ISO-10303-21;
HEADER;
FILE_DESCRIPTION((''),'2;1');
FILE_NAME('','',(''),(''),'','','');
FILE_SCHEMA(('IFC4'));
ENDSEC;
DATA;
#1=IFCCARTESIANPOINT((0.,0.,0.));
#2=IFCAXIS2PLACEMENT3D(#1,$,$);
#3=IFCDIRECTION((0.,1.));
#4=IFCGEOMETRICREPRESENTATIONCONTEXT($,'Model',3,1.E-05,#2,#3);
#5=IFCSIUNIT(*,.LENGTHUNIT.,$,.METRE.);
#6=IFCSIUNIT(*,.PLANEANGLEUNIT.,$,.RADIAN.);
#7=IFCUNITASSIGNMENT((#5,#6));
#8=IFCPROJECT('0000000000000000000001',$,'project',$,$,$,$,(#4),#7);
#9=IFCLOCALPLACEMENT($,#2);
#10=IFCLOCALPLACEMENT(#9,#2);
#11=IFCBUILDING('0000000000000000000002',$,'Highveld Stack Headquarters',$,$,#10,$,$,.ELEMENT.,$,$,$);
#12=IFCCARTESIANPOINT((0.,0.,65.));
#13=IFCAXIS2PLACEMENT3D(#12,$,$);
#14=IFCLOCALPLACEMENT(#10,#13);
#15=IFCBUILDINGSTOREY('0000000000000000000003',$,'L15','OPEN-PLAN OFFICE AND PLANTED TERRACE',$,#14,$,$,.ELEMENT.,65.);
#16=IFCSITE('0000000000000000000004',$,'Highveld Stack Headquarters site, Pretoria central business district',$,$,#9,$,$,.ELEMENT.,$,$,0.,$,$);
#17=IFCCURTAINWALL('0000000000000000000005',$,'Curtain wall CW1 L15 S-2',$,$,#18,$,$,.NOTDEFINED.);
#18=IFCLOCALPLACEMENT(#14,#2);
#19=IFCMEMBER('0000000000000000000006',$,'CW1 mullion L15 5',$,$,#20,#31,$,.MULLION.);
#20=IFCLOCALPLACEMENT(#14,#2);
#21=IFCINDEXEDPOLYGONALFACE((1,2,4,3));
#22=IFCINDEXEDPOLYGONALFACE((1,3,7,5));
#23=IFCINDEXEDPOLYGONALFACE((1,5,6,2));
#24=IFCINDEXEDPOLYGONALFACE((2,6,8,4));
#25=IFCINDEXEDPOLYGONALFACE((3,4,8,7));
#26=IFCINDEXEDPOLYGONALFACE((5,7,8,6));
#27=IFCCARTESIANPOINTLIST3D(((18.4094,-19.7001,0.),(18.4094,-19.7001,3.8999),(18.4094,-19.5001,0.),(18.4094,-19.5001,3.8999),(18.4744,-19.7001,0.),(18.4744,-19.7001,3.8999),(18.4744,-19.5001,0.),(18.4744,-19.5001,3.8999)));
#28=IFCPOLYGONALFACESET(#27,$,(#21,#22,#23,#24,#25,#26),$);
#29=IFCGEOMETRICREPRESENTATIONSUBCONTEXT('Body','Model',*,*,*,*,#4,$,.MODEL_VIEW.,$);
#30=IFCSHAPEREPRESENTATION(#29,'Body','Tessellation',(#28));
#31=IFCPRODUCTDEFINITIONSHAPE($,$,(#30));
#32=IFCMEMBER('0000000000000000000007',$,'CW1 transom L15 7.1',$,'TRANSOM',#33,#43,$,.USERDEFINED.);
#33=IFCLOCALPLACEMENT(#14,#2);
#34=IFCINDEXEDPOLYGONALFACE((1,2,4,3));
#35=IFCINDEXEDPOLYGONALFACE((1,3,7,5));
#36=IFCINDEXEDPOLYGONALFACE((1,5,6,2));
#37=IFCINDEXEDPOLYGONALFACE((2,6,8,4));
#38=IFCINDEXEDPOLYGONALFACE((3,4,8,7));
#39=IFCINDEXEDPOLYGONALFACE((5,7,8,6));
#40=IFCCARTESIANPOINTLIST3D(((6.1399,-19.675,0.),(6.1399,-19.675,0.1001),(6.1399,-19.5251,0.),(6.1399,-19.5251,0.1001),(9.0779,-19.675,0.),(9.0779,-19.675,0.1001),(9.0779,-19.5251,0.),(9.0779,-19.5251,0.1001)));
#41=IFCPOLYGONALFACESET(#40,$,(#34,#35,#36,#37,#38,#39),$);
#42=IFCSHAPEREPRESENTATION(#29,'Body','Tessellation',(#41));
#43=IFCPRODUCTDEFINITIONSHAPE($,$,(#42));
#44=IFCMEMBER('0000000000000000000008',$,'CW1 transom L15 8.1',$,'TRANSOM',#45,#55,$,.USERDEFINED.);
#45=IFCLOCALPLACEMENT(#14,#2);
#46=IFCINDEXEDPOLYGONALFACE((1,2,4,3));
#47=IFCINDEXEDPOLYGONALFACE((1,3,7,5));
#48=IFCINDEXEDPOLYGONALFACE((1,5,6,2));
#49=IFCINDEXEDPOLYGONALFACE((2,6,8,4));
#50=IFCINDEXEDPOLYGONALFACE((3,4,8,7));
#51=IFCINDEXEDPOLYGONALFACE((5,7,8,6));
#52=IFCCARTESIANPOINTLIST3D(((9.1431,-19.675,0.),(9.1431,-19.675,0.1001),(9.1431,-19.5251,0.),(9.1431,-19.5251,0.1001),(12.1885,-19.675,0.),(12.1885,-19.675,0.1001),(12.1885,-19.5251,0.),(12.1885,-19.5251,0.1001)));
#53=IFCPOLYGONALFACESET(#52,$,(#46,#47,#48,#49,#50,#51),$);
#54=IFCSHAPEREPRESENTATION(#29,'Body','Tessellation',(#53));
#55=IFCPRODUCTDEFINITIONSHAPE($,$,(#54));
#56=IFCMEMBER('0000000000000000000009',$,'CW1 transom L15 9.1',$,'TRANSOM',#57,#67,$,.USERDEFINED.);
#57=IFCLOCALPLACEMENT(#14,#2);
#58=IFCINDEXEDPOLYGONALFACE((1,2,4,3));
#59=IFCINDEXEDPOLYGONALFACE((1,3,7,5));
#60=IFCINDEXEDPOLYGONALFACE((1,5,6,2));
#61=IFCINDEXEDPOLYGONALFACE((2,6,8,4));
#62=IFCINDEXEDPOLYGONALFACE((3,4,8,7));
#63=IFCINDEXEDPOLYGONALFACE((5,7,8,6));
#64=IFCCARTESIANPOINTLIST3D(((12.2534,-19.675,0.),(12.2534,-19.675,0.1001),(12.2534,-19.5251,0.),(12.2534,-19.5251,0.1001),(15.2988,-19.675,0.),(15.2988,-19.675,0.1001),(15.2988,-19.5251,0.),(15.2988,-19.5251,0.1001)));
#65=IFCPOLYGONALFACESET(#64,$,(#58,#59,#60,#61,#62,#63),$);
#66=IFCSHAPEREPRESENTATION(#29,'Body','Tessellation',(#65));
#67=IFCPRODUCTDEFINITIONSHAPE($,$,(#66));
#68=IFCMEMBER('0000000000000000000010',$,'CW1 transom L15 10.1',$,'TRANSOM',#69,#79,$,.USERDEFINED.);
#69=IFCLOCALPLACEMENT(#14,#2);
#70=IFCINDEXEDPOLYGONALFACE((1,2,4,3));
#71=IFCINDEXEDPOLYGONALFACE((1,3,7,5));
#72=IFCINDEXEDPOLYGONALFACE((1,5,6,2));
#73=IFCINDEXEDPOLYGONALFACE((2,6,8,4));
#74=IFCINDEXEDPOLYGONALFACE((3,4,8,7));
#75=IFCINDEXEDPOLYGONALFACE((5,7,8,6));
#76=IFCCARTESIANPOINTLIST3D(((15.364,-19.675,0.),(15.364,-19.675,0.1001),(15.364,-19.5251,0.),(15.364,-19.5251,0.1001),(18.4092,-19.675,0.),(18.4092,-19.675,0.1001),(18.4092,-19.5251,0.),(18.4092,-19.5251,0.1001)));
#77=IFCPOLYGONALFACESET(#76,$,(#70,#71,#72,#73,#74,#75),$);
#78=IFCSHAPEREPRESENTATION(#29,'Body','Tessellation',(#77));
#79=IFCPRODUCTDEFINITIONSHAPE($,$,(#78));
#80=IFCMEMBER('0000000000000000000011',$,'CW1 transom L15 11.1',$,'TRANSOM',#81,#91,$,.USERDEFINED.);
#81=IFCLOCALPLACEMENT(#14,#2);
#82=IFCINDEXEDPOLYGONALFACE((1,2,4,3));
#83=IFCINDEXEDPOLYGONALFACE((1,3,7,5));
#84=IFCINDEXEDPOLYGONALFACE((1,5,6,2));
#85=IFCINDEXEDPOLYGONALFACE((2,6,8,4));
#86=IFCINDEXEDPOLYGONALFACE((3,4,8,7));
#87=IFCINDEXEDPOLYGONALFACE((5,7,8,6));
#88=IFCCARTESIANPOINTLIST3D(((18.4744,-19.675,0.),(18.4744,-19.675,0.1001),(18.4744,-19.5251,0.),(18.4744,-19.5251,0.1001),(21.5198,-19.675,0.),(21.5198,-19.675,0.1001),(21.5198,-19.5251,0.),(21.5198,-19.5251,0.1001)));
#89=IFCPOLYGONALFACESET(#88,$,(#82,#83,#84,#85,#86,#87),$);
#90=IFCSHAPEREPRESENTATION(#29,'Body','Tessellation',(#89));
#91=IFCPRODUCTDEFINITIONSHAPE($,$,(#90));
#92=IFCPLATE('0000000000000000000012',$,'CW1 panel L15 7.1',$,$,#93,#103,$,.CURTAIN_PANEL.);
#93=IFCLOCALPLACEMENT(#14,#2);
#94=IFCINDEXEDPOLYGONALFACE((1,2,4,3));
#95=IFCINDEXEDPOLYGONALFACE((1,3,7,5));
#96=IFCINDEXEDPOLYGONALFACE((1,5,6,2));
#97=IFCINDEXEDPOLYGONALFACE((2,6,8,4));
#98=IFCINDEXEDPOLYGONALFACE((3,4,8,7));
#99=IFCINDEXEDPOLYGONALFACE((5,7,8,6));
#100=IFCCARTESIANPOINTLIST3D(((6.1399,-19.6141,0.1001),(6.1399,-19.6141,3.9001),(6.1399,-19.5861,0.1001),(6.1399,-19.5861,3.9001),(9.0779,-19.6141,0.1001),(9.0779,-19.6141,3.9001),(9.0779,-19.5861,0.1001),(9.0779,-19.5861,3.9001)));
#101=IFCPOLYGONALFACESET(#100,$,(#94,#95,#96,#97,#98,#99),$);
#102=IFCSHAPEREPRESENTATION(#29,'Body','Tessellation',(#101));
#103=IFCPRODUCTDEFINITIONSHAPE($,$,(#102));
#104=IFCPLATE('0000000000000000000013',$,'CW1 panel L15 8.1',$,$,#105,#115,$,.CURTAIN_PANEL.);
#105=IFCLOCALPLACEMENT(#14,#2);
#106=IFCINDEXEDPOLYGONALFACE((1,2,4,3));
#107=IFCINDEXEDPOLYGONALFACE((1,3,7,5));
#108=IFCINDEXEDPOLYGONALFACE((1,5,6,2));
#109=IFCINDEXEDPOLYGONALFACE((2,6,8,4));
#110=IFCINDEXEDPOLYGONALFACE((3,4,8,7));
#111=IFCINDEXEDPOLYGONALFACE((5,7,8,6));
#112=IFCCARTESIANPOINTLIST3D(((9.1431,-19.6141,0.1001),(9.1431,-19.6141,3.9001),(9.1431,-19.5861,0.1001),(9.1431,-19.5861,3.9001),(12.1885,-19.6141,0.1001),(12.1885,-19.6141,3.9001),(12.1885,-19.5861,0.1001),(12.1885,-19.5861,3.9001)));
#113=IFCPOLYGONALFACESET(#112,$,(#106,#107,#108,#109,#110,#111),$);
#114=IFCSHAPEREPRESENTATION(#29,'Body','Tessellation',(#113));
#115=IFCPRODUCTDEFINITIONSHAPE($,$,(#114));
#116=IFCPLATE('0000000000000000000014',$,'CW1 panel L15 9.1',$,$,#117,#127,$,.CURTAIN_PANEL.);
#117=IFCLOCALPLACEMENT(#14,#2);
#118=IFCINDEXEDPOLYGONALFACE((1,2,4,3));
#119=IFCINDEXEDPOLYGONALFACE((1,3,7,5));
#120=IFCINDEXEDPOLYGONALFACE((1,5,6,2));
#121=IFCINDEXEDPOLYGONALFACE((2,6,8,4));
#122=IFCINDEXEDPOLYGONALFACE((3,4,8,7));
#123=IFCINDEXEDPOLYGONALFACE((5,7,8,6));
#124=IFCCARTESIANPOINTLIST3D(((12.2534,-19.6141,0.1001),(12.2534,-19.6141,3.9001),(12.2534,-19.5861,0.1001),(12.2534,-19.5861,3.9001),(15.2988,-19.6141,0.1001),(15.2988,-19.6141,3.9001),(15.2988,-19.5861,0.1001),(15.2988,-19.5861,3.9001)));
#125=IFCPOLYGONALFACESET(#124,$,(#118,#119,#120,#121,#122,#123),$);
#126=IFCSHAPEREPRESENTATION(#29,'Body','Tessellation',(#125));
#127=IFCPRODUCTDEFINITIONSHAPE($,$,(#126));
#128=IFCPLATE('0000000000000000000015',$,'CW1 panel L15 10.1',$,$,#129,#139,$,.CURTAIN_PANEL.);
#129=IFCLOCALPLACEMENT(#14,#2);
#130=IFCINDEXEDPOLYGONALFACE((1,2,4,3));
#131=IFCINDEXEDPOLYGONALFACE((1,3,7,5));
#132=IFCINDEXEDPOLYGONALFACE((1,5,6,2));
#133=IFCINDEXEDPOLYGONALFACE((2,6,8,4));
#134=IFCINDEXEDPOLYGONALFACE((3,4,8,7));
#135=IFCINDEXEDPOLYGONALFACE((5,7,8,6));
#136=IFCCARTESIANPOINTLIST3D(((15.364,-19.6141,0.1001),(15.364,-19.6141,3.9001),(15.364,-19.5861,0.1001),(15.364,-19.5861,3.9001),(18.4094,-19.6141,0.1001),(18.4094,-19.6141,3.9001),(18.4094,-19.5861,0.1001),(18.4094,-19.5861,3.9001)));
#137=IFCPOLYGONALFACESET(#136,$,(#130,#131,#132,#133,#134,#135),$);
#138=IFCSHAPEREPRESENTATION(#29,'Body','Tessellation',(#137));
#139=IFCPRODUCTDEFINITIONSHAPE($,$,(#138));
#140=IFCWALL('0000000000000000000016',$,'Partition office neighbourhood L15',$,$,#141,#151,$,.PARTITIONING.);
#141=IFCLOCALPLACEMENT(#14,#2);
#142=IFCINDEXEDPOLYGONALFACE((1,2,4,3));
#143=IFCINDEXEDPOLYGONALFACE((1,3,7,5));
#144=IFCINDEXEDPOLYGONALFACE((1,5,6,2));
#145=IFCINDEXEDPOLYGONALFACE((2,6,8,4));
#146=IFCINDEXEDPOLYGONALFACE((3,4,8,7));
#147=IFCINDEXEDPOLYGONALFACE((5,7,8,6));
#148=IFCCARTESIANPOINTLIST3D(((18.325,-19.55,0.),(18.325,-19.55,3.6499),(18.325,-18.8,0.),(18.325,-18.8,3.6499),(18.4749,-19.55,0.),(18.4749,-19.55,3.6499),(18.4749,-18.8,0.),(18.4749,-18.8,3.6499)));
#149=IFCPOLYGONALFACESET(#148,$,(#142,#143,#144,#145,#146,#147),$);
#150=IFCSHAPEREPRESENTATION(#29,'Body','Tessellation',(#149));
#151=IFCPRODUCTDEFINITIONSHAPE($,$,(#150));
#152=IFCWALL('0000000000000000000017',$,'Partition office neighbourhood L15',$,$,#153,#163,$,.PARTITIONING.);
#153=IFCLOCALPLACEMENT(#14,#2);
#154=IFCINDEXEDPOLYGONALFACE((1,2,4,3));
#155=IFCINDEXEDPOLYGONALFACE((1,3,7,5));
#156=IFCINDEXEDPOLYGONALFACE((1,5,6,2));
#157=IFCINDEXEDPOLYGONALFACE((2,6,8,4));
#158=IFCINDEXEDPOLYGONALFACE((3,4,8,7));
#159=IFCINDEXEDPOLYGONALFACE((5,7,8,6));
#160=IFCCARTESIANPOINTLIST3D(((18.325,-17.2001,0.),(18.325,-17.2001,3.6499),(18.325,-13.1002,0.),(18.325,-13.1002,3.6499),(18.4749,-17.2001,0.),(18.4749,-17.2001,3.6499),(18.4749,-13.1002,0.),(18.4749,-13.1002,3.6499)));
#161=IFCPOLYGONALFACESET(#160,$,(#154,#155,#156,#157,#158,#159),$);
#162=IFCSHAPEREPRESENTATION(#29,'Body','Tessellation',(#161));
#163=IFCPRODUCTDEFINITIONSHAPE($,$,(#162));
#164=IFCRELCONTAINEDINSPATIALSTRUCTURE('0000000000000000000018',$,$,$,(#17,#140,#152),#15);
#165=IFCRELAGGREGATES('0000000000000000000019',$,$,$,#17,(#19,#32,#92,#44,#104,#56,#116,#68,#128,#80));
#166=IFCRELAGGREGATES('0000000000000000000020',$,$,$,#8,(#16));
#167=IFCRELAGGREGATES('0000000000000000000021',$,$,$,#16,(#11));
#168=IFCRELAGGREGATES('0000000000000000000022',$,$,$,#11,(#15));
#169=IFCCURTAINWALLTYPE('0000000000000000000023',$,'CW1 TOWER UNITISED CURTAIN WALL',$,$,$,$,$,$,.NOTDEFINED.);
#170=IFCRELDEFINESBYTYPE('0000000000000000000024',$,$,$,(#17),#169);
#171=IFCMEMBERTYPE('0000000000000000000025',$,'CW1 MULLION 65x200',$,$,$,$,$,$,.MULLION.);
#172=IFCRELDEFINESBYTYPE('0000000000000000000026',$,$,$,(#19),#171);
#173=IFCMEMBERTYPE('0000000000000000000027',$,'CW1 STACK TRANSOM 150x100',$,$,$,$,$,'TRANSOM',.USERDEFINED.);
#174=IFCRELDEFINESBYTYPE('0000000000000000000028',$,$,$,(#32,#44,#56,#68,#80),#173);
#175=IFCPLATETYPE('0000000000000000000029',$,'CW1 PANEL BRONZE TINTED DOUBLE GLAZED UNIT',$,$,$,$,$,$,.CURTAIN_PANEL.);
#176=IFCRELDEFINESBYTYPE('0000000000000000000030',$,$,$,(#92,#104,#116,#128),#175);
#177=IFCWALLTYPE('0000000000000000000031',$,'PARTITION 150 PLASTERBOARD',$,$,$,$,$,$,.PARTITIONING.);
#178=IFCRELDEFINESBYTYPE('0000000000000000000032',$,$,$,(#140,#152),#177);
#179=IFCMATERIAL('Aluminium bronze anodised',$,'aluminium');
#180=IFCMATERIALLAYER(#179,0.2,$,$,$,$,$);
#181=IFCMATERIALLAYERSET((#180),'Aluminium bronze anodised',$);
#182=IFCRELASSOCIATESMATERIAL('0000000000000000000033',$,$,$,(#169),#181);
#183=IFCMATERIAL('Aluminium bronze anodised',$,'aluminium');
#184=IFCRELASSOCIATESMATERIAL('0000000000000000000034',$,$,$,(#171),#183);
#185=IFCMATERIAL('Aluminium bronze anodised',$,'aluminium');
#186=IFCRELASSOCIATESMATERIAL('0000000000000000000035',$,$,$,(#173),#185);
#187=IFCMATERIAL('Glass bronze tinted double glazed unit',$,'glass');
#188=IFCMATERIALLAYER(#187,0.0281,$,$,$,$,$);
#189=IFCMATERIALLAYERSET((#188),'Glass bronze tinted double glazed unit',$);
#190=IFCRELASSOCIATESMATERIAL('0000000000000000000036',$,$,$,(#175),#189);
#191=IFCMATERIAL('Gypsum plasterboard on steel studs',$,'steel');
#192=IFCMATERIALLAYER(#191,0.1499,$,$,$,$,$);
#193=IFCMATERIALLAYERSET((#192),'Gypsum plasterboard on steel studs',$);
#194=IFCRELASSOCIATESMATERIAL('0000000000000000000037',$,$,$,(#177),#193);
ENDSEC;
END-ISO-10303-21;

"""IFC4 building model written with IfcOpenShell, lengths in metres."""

from ifc_helpers import new_model, si_unit, direction, frame, frame_2d, origin, origin_2d, place, context, subcontext, project, spatial, rectangle, extrude, material, layer, layer_set, material_profile, profile_set, type_object, element, aggregate, save


model = new_model("IFC4")

# Units and contexts
model_context = context("Model", 3, precision=1e-05, world=origin(), true_north=direction((0.0, 1.0)))
body_context = subcontext(model_context, "Body", "Model", "MODEL_VIEW")
ifc_project = project(units=[si_unit("LENGTHUNIT", "METRE"), si_unit("PLANEANGLEUNIT", "RADIAN")], contexts=[model_context])

# Site, building, storey
site_placement = place(None, origin())
site = spatial("IfcSite", under=ifc_project, at=site_placement, Name="Highveld Stack Headquarters site, Pretoria central business district", CompositionType="ELEMENT", RefElevation=0.0)
building_placement = place(site_placement, origin())
building = spatial("IfcBuilding", under=site, at=building_placement, Name="Highveld Stack Headquarters", CompositionType="ELEMENT")
storey_placement = place(building_placement, frame((0.0, 0.0, 65.0)))
storey = spatial("IfcBuildingStorey", under=building, at=storey_placement, Name="L15", Description="OPEN-PLAN OFFICE AND PLANTED TERRACE", CompositionType="ELEMENT", Elevation=65.0)

# Curtain wall, members, plates
ifc_material_1 = material(Name="Aluminium bronze anodised", Category="aluminium")
ifc_layer_1 = layer(ifc_material_1, 0.2)
ifc_layer_set_1 = layer_set([ifc_layer_1], Name="Aluminium bronze anodised")
curtain_wall_type = type_object("IfcCurtainWallType", Name="CW1 TOWER UNITISED CURTAIN WALL", PredefinedType="NOTDEFINED", material=ifc_layer_set_1)
curtain_wall_placement = place(storey_placement, origin())
curtain_wall = element("IfcCurtainWall", 1, at=curtain_wall_placement, inside=storey, type_object=curtain_wall_type, Name="Curtain wall CW1 L15 S-2", PredefinedType="NOTDEFINED")
ifc_material_2 = material(Name="Aluminium bronze anodised", Category="aluminium")
ifc_material_profile_1 = material_profile(ifc_material_2, rectangle(XDim=0.2, YDim=0.0649, at=origin_2d()), Name="CW1 MULLION 65x200")
ifc_profile_set_1 = profile_set([ifc_material_profile_1], Name="Aluminium bronze anodised")
member_type_1 = type_object("IfcMemberType", Name="CW1 MULLION 65x200", PredefinedType="MULLION", material=ifc_profile_set_1)
member_1_placement = place(storey_placement, frame((18.4419, -19.6001, 0.0), z_axis=(0.0, 0.0, 1.0), x_axis=(0.0, 1.0, 0.0)))
member_1 = element("IfcMember", 2, at=member_1_placement, type_object=member_type_1, Name="CW1 mullion L15 5", PredefinedType="MULLION", context=body_context, shape_type="SweptSolid", body=[
    extrude(rectangle(XDim=0.2, YDim=0.0649, at=origin_2d()), origin(), (0.0, 0.0, 1.0), 3.8999),
])
ifc_material_3 = material(Name="Aluminium bronze anodised", Category="aluminium")
ifc_material_profile_2 = material_profile(ifc_material_3, rectangle(XDim=0.1499, YDim=0.1001, at=origin_2d()), Name="CW1 TRANSOM 150x100")
ifc_profile_set_2 = profile_set([ifc_material_profile_2], Name="Aluminium bronze anodised")
member_type_2 = type_object("IfcMemberType", Name="CW1 STACK TRANSOM 150x100", ElementType="TRANSOM", PredefinedType="USERDEFINED", material=ifc_profile_set_2)
member_2_placement = place(storey_placement, frame((6.1399, -19.6001, 0.05), z_axis=(1.0, 0.0, 0.0), x_axis=(0.0, 1.0, 0.0)))
member_2 = element("IfcMember", 3, at=member_2_placement, type_object=member_type_2, Name="CW1 transom L15 7.1", ObjectType="TRANSOM", PredefinedType="USERDEFINED", context=body_context, shape_type="SweptSolid", body=[
    extrude(rectangle(XDim=0.1499, YDim=0.1001, at=origin_2d()), origin(), (0.0, 0.0, 1.0), 2.938),
])
member_3_placement = place(storey_placement, frame((9.1431, -19.6001, 0.05), z_axis=(1.0, 0.0, 0.0), x_axis=(0.0, 1.0, 0.0)))
member_3 = element("IfcMember", 4, at=member_3_placement, type_object=member_type_2, Name="CW1 transom L15 8.1", ObjectType="TRANSOM", PredefinedType="USERDEFINED", context=body_context, shape_type="SweptSolid", body=[
    extrude(rectangle(XDim=0.1499, YDim=0.1001, at=origin_2d()), origin(), (0.0, 0.0, 1.0), 3.0454),
])
member_4_placement = place(storey_placement, frame((12.2534, -19.6001, 0.05), z_axis=(1.0, 0.0, 0.0), x_axis=(0.0, 1.0, 0.0)))
member_4 = element("IfcMember", 5, at=member_4_placement, type_object=member_type_2, Name="CW1 transom L15 9.1", ObjectType="TRANSOM", PredefinedType="USERDEFINED", context=body_context, shape_type="SweptSolid", body=[
    extrude(rectangle(XDim=0.1499, YDim=0.1001, at=origin_2d()), origin(), (0.0, 0.0, 1.0), 3.0454),
])
member_5_placement = place(storey_placement, frame((15.364, -19.6001, 0.05), z_axis=(1.0, 0.0, 0.0), x_axis=(0.0, 1.0, 0.0)))
member_5 = element("IfcMember", 6, at=member_5_placement, type_object=member_type_2, Name="CW1 transom L15 10.1", ObjectType="TRANSOM", PredefinedType="USERDEFINED", context=body_context, shape_type="SweptSolid", body=[
    extrude(rectangle(XDim=0.1499, YDim=0.1001, at=origin_2d()), origin(), (0.0, 0.0, 1.0), 3.0452),
])
member_6_placement = place(storey_placement, frame((18.4744, -19.6001, 0.05), z_axis=(1.0, 0.0, 0.0), x_axis=(0.0, 1.0, 0.0)))
member_6 = element("IfcMember", 7, at=member_6_placement, type_object=member_type_2, Name="CW1 transom L15 11.1", ObjectType="TRANSOM", PredefinedType="USERDEFINED", context=body_context, shape_type="SweptSolid", body=[
    extrude(rectangle(XDim=0.1499, YDim=0.1001, at=origin_2d()), origin(), (0.0, 0.0, 1.0), 3.0454),
])
ifc_material_4 = material(Name="Glass bronze tinted double glazed unit", Category="glass")
ifc_layer_2 = layer(ifc_material_4, 0.0281)
ifc_layer_set_2 = layer_set([ifc_layer_2], Name="Glass bronze tinted double glazed unit")
plate_type = type_object("IfcPlateType", Name="CW1 PANEL BRONZE TINTED DOUBLE GLAZED UNIT", PredefinedType="CURTAIN_PANEL", material=ifc_layer_set_2)
plate_1_placement = place(storey_placement, frame((7.6089, -19.6001, 0.1001), z_axis=(0.0, 0.0, 1.0), x_axis=(1.0, 0.0, 0.0)))
plate_1 = element("IfcPlate", 8, at=plate_1_placement, type_object=plate_type, Name="CW1 panel L15 7.1", PredefinedType="CURTAIN_PANEL", context=body_context, shape_type="SweptSolid", body=[
    extrude(rectangle(XDim=2.938, YDim=0.0281, at=origin_2d()), origin(), (0.0, 0.0, 1.0), 3.8),
])
plate_2_placement = place(storey_placement, frame((10.6658, -19.6001, 0.1001), z_axis=(0.0, 0.0, 1.0), x_axis=(1.0, 0.0, 0.0)))
plate_2 = element("IfcPlate", 9, at=plate_2_placement, type_object=plate_type, Name="CW1 panel L15 8.1", PredefinedType="CURTAIN_PANEL", context=body_context, shape_type="SweptSolid", body=[
    extrude(rectangle(XDim=3.0454, YDim=0.0281, at=origin_2d()), origin(), (0.0, 0.0, 1.0), 3.8),
])
plate_3_placement = place(storey_placement, frame((13.7761, -19.6001, 0.1001), z_axis=(0.0, 0.0, 1.0), x_axis=(1.0, 0.0, 0.0)))
plate_3 = element("IfcPlate", 10, at=plate_3_placement, type_object=plate_type, Name="CW1 panel L15 9.1", PredefinedType="CURTAIN_PANEL", context=body_context, shape_type="SweptSolid", body=[
    extrude(rectangle(XDim=3.0454, YDim=0.0281, at=origin_2d()), origin(), (0.0, 0.0, 1.0), 3.8),
])
plate_4_placement = place(storey_placement, frame((16.8867, -19.6001, 0.1001), z_axis=(0.0, 0.0, 1.0), x_axis=(1.0, 0.0, 0.0)))
plate_4 = element("IfcPlate", 11, at=plate_4_placement, type_object=plate_type, Name="CW1 panel L15 10.1", PredefinedType="CURTAIN_PANEL", context=body_context, shape_type="SweptSolid", body=[
    extrude(rectangle(XDim=3.0454, YDim=0.0281, at=origin_2d()), origin(), (0.0, 0.0, 1.0), 3.8),
])
aggregate(curtain_wall, [member_1, member_2, plate_1, member_3, plate_2, member_4, plate_3, member_5, plate_4, member_6])

# Walls
ifc_material_5 = material(Name="Gypsum plasterboard on steel studs", Category="steel")
ifc_layer_3 = layer(ifc_material_5, 0.1499)
ifc_layer_set_3 = layer_set([ifc_layer_3], Name="Gypsum plasterboard on steel studs")
wall_type_1 = type_object("IfcWallType", Name="PARTITION 150 PLASTERBOARD", PredefinedType="PARTITIONING", material=ifc_layer_set_3)
wall_1_placement = place(storey_placement, frame((18.3999, -19.55, 0.0), z_axis=(0.0, 0.0, 1.0), x_axis=(0.0, 1.0, 0.0)))
element("IfcWall", 12, at=wall_1_placement, inside=storey, type_object=wall_type_1, Name="Partition office neighbourhood L15", PredefinedType="PARTITIONING", context=body_context, shape_type="SweptSolid", body=[
    extrude(rectangle(XDim=0.75, YDim=0.1499, at=frame_2d((0.375, 0.0))), origin(), (0.0, 0.0, 1.0), 3.6499),
])
wall_2_placement = place(storey_placement, frame((18.3999, -17.2, 0.0), z_axis=(0.0, 0.0, 1.0), x_axis=(0.0, 1.0, 0.0)))
element("IfcWall", 13, at=wall_2_placement, inside=storey, type_object=wall_type_1, Name="Partition office neighbourhood L15", PredefinedType="PARTITIONING", context=body_context, shape_type="SweptSolid", body=[
    extrude(rectangle(XDim=4.0999, YDim=0.1499, at=frame_2d((2.0498, 0.0))), origin(), (0.0, 0.0, 1.0), 3.6499),
])

save(model, "model.ifc")
